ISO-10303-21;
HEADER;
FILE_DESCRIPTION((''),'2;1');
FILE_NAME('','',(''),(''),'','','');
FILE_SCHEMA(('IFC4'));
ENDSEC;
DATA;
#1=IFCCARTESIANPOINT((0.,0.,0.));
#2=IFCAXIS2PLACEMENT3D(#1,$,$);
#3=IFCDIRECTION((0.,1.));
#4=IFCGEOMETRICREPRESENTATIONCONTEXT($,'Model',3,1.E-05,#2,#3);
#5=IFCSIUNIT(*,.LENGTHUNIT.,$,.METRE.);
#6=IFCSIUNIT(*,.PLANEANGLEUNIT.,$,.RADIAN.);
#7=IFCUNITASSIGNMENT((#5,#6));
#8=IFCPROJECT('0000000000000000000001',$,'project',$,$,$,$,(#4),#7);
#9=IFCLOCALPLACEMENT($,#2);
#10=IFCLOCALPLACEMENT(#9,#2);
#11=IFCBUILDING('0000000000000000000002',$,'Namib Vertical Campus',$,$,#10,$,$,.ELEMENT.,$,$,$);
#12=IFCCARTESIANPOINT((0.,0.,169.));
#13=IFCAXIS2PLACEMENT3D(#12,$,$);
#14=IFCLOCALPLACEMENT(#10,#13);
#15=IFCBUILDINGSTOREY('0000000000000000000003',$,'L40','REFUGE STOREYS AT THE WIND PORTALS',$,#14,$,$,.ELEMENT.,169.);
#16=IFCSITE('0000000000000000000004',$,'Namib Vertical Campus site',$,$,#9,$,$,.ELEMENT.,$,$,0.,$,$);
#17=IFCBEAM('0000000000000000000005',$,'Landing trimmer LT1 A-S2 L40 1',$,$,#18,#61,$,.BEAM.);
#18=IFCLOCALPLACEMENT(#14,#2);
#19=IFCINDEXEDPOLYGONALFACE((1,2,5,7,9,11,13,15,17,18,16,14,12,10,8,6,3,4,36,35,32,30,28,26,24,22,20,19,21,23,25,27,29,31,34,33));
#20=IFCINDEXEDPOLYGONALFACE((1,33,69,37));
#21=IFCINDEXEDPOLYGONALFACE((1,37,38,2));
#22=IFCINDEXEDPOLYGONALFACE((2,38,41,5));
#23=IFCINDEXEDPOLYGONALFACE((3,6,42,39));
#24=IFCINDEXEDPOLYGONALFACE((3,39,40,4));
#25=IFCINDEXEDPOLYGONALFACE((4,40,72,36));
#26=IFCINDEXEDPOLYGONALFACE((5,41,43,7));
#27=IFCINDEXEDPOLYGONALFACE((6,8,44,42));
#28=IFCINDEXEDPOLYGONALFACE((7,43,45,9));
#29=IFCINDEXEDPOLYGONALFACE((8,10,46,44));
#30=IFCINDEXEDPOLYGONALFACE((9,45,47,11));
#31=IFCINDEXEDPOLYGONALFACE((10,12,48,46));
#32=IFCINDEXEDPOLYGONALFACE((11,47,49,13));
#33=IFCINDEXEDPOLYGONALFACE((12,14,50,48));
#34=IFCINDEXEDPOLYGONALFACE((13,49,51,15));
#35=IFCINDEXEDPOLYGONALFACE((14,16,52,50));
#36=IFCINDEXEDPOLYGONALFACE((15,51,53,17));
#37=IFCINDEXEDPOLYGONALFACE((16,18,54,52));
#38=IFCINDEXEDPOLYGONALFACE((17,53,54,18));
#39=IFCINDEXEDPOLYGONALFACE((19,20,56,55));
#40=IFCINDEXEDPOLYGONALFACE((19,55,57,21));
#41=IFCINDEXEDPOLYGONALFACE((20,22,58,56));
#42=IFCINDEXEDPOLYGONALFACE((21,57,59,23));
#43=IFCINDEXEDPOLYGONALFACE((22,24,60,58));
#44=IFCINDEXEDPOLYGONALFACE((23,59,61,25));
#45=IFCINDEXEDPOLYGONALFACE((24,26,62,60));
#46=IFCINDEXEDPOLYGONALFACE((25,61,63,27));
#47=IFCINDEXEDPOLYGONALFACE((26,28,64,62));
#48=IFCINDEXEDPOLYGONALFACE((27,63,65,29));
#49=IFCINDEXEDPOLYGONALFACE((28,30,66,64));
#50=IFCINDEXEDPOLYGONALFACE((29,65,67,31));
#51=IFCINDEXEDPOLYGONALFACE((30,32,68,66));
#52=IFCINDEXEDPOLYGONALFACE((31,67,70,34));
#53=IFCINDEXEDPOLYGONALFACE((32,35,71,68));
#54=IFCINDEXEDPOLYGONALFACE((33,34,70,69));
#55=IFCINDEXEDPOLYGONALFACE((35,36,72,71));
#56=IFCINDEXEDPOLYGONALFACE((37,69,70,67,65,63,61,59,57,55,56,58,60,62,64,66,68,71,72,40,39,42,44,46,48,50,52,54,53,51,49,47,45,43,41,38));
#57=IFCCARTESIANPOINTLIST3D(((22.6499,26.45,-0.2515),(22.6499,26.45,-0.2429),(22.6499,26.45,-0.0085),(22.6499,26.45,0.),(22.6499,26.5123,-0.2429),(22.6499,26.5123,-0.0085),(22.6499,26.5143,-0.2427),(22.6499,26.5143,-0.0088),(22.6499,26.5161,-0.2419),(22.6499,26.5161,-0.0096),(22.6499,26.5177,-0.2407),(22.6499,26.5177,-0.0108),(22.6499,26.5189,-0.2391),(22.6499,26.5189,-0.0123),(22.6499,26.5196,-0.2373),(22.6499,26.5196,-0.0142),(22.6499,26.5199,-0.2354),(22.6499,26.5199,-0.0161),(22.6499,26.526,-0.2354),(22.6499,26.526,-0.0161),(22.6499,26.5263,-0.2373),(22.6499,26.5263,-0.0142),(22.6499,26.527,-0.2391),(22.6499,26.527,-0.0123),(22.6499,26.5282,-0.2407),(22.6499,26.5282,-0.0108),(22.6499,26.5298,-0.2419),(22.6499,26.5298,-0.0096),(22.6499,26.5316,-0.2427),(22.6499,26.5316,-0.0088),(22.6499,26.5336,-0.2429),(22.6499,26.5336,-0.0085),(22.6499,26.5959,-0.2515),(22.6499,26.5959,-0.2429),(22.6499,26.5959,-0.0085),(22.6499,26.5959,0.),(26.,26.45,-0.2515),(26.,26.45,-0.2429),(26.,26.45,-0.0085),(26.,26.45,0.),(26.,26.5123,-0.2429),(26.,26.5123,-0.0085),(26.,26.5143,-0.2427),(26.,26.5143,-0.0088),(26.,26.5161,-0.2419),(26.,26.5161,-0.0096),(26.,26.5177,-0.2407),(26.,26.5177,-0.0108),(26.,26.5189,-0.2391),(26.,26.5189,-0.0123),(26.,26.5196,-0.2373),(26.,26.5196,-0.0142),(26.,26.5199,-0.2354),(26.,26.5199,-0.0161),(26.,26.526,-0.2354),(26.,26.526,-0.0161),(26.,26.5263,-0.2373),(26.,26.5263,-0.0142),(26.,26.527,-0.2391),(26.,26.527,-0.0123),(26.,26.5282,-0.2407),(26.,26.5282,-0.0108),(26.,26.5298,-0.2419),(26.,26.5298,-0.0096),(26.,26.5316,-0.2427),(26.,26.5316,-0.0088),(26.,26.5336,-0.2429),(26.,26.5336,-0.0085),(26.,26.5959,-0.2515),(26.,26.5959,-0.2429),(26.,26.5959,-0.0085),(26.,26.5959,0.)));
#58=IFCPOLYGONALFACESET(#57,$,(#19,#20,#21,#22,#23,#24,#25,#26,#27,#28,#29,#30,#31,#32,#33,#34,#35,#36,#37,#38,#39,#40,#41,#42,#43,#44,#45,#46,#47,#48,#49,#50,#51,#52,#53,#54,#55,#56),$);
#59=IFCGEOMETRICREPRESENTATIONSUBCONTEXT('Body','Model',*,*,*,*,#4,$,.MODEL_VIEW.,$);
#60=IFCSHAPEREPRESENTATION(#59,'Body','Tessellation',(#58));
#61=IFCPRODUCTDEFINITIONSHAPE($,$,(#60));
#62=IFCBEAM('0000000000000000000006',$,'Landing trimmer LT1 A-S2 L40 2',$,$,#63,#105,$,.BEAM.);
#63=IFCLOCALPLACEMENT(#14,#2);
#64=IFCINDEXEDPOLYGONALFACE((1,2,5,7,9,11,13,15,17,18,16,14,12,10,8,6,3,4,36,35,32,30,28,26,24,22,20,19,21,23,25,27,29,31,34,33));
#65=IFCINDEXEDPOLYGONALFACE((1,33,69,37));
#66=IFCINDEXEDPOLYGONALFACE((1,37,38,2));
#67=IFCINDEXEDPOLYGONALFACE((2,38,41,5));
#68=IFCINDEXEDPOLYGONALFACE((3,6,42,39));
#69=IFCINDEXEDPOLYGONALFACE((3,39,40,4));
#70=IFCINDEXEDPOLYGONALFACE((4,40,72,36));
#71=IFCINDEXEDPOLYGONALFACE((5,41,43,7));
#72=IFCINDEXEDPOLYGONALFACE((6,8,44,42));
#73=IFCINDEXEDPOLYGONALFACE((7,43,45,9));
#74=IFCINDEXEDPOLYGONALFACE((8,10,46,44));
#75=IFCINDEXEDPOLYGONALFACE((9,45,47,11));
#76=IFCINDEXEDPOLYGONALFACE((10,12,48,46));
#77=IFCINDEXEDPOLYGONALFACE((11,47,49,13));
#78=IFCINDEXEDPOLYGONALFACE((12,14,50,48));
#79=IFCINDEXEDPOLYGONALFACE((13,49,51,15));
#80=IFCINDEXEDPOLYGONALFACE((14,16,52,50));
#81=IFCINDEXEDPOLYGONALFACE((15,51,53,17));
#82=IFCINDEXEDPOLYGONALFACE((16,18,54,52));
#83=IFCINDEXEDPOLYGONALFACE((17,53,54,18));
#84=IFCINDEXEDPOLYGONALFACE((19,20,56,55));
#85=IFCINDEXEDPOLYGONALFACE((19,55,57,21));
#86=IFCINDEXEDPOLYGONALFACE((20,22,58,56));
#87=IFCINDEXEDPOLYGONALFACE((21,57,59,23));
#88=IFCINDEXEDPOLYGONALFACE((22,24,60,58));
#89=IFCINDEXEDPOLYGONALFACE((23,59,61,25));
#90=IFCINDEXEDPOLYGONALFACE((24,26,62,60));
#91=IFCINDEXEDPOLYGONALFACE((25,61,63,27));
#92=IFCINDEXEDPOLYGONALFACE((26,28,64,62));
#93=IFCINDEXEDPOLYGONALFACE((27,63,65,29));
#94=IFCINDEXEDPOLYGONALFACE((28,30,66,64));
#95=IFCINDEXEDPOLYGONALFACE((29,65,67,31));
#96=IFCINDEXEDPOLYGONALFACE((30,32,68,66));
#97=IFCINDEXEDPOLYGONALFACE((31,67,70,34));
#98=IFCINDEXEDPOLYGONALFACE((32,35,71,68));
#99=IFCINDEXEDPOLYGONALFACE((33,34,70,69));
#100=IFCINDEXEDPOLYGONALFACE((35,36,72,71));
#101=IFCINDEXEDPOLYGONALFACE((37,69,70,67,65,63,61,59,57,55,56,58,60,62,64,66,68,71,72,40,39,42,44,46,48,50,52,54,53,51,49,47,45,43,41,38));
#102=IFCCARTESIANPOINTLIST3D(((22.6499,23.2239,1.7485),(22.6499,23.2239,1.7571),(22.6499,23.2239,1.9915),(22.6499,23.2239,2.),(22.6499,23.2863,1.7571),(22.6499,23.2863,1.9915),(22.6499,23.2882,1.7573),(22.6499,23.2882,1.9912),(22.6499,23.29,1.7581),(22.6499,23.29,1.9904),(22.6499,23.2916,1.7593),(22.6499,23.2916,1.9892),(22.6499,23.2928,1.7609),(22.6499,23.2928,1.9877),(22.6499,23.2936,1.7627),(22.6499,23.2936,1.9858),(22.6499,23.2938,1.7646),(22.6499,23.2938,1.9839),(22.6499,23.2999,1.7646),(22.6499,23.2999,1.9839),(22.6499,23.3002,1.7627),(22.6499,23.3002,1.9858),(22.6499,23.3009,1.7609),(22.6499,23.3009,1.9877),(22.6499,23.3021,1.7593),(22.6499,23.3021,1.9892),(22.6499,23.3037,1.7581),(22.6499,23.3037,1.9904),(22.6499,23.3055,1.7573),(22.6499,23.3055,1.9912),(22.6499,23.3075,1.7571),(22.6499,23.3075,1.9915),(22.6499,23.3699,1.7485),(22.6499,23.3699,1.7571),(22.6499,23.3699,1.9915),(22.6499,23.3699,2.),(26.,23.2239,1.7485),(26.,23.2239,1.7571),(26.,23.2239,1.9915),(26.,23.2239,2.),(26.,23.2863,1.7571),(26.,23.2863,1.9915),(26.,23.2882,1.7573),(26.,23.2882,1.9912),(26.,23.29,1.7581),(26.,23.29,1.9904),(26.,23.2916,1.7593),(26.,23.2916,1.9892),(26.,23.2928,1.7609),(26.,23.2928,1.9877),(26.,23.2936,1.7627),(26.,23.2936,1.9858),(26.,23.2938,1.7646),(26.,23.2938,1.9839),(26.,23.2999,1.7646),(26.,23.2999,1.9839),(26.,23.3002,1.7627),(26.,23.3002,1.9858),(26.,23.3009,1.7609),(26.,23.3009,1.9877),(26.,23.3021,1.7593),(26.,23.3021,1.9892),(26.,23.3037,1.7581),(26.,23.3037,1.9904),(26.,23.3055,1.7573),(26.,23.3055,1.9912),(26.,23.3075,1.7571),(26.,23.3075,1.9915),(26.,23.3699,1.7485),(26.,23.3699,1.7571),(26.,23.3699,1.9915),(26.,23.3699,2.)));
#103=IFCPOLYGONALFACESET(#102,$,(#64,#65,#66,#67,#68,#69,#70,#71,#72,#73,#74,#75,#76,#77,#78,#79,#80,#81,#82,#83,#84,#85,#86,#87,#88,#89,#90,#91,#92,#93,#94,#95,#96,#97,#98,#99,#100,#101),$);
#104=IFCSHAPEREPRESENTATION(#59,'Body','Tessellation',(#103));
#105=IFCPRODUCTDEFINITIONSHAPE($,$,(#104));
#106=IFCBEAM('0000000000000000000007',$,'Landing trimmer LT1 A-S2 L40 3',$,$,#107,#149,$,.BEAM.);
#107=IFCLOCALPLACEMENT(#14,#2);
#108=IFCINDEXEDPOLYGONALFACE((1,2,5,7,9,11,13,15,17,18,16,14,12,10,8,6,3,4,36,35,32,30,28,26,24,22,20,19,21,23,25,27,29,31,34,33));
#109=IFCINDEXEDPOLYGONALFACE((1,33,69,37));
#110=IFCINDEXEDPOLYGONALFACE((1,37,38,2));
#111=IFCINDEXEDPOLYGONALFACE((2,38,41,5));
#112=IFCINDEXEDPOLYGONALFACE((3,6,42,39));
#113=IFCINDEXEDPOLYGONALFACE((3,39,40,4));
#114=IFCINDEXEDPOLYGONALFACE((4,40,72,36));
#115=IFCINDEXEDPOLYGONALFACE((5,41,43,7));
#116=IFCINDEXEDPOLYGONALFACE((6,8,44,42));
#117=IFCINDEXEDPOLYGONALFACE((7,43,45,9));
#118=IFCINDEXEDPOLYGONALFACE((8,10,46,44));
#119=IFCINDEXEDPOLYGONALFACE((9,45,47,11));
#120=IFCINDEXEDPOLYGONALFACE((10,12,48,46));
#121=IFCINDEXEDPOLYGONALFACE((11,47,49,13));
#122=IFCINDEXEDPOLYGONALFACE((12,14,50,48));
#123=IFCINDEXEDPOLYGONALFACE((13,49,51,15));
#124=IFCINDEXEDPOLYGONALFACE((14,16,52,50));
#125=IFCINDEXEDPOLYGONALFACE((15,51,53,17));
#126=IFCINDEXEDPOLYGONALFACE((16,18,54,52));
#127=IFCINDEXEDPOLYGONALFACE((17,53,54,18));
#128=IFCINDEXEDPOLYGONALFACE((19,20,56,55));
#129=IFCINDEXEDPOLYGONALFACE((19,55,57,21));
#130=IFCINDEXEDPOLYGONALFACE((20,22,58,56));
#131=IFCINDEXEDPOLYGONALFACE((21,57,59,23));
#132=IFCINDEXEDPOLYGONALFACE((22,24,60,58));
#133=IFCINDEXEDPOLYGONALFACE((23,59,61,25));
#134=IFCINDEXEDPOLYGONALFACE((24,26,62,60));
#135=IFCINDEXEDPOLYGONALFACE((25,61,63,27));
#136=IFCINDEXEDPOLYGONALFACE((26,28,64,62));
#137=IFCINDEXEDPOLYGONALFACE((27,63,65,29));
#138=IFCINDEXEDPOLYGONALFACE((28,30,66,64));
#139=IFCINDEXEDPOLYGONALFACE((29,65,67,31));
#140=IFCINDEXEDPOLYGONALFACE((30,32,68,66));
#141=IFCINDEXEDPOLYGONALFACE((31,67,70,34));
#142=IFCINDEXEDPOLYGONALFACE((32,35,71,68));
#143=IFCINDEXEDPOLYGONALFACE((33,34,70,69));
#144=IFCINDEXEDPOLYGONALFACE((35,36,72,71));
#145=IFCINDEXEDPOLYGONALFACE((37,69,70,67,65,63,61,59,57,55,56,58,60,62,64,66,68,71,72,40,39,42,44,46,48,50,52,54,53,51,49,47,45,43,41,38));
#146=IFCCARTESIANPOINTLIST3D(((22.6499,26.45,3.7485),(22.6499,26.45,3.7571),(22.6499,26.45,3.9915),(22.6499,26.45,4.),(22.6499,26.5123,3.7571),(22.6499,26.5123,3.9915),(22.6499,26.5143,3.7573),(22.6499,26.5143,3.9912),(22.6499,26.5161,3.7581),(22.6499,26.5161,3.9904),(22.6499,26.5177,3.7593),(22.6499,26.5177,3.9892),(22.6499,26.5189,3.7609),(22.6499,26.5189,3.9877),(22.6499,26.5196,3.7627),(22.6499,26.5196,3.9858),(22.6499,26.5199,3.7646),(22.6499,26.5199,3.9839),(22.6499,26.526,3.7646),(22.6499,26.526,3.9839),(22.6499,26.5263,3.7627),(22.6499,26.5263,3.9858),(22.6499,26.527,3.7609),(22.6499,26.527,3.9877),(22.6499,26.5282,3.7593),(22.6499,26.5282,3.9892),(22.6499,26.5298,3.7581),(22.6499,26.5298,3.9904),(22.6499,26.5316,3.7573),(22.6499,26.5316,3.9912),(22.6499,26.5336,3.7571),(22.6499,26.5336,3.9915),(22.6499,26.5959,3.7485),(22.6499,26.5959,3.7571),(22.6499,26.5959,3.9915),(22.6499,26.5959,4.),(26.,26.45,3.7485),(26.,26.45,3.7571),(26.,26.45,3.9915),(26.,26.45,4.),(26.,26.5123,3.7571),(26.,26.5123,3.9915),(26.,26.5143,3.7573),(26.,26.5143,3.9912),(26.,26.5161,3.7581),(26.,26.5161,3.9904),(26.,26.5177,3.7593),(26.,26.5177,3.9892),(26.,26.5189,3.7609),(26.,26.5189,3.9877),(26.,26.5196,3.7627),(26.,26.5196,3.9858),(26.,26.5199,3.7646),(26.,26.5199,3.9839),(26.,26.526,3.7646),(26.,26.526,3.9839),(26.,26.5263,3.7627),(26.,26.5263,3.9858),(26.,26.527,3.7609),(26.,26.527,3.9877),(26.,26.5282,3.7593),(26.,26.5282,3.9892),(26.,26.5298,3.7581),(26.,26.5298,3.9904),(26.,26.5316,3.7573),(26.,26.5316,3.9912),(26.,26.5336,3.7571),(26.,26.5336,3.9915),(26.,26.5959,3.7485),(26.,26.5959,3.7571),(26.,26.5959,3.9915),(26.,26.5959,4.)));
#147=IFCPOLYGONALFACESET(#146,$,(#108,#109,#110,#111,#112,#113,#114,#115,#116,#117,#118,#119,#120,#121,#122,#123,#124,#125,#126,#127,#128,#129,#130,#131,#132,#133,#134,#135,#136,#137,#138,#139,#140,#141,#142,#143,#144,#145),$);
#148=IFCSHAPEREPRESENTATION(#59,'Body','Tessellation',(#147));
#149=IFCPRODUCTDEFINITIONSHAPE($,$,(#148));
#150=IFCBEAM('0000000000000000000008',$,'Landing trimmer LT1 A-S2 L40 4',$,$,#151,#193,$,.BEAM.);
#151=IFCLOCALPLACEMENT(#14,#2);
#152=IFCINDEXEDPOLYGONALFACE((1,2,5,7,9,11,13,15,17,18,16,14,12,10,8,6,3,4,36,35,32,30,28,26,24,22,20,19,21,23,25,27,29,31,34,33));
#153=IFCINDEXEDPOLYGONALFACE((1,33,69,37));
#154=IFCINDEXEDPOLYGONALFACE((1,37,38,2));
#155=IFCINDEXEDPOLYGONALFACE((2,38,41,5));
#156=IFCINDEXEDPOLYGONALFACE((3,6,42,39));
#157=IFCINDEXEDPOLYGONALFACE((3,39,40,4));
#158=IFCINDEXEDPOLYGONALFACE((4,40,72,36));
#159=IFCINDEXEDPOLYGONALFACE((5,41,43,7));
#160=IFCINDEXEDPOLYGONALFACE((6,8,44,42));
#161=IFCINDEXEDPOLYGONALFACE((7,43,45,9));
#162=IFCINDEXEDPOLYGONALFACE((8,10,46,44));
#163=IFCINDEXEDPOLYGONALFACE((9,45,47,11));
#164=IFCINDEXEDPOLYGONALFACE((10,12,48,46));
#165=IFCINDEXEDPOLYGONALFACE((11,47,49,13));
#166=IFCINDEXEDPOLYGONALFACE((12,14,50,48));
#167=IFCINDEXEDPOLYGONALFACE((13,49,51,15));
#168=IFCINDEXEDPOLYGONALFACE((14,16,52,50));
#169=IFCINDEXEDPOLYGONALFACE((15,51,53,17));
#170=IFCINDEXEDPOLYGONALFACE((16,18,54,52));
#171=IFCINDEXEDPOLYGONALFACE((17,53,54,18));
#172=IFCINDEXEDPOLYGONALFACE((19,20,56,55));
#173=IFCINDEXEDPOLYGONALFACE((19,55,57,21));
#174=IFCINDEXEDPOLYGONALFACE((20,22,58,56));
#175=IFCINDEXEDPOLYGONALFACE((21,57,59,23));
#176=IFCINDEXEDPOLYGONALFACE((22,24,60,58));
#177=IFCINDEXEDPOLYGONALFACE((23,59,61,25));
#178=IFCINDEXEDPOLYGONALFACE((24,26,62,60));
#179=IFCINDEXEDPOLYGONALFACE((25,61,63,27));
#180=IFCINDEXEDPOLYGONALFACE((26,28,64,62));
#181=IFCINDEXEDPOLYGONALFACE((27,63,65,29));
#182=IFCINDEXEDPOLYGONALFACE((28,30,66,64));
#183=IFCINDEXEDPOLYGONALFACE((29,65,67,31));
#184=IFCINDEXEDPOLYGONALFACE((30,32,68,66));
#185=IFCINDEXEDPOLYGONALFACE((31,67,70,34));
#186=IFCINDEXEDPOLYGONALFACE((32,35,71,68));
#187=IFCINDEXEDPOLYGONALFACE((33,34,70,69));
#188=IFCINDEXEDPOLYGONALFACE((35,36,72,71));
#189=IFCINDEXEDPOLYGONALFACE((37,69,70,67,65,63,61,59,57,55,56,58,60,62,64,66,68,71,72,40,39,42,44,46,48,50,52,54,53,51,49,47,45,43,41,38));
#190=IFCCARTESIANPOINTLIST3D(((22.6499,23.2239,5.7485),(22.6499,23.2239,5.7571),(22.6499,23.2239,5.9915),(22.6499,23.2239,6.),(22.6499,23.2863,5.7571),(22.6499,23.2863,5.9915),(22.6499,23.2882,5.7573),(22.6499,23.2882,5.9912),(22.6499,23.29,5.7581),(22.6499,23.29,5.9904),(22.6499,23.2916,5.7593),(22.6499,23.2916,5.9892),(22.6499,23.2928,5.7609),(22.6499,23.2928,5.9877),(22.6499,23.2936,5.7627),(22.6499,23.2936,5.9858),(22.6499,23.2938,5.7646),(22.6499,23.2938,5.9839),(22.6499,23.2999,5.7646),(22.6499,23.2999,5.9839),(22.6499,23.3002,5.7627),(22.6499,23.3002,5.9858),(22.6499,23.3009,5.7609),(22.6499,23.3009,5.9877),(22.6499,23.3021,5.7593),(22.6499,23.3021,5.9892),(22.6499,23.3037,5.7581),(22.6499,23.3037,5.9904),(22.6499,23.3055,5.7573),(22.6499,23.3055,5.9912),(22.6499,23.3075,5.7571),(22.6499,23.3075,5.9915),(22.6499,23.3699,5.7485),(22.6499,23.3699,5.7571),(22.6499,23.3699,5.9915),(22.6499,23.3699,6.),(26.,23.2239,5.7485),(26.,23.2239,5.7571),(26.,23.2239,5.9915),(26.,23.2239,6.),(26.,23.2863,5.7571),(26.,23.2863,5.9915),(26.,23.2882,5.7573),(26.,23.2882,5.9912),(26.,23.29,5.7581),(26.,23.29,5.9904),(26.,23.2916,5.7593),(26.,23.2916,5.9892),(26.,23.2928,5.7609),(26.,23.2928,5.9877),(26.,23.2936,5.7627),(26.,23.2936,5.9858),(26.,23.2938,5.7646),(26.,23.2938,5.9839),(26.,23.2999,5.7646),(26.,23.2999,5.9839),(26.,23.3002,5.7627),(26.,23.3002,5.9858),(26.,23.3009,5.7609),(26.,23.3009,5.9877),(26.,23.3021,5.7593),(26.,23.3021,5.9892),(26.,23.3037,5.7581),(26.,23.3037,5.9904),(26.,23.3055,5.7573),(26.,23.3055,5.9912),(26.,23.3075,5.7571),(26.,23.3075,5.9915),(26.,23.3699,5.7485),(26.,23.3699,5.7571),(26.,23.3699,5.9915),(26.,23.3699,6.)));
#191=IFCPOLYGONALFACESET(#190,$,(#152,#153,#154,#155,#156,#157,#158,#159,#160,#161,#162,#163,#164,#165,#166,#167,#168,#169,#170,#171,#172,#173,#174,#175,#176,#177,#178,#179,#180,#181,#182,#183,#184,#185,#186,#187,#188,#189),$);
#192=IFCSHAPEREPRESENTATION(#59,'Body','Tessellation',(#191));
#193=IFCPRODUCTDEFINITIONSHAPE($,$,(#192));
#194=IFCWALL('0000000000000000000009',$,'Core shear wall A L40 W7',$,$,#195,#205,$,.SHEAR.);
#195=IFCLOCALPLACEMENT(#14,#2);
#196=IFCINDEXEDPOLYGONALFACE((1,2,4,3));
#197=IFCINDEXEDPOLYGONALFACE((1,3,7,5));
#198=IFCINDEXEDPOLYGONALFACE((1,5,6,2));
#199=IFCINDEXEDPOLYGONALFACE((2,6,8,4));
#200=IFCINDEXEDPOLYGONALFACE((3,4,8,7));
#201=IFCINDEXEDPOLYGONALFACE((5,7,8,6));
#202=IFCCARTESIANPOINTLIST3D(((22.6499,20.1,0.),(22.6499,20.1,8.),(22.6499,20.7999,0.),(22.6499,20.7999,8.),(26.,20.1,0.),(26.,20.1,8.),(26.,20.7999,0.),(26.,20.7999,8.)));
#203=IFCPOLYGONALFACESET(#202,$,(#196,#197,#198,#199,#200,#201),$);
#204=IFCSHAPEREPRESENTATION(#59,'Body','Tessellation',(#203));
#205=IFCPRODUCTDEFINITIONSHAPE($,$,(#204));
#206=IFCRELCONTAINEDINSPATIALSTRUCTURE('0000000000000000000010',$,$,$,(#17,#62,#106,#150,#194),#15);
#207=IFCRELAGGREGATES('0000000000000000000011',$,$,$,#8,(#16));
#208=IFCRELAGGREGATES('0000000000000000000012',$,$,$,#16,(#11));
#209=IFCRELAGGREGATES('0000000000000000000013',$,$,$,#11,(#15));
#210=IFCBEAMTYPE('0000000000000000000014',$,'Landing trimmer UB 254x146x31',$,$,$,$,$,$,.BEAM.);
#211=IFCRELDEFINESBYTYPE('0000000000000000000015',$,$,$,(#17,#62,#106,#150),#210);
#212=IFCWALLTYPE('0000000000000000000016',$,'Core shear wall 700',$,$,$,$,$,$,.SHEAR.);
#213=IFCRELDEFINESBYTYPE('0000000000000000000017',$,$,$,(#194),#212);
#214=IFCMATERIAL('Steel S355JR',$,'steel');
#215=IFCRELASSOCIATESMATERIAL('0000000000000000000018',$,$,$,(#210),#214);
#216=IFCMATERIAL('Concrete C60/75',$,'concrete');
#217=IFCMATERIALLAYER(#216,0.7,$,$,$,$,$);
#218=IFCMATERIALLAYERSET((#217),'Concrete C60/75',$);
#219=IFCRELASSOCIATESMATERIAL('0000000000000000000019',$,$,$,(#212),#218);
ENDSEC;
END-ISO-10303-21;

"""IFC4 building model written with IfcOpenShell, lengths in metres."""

from ifc_helpers import new_model, si_unit, direction, frame, frame_2d, origin, origin_2d, place, context, subcontext, project, spatial, rectangle, i_section, extrude, material, layer, layer_set, material_profile, profile_set, type_object, element, save


model = new_model("IFC4")

# Units and contexts
model_context = context("Model", 3, precision=1e-05, world=origin(), true_north=direction((0.0, 1.0)))
body_context = subcontext(model_context, "Body", "Model", "MODEL_VIEW")
ifc_project = project(units=[si_unit("LENGTHUNIT", "METRE"), si_unit("PLANEANGLEUNIT", "RADIAN")], contexts=[model_context])

# Site, building, storey
site_placement = place(None, origin())
site = spatial("IfcSite", under=ifc_project, at=site_placement, Name="Namib Vertical Campus site", CompositionType="ELEMENT", RefElevation=0.0)
building_placement = place(site_placement, origin())
building = spatial("IfcBuilding", under=site, at=building_placement, Name="Namib Vertical Campus", CompositionType="ELEMENT")
storey_placement = place(building_placement, frame((0.0, 0.0, 169.0)))
storey = spatial("IfcBuildingStorey", under=building, at=storey_placement, Name="L40", Description="REFUGE STOREYS AT THE WIND PORTALS", CompositionType="ELEMENT", Elevation=169.0)

# Beams
ifc_material_1 = material(Name="Steel S355JR", Category="steel")
ifc_material_profile = material_profile(ifc_material_1, i_section(OverallWidth=0.146, OverallDepth=0.2515, WebThickness=0.0061, FlangeThickness=0.0085, FilletRadius=0.0076, at=origin_2d()))
ifc_profile_set = profile_set([ifc_material_profile], Name="Steel S355JR")
beam_type = type_object("IfcBeamType", Name="Landing trimmer UB 254x146x31", PredefinedType="BEAM", material=ifc_profile_set)
for number, where, z_axis, x_axis, name in (
    (1, (22.6499, 26.5229, -0.1257), (1.0, 0.0, 0.0), (0.0, 1.0, 0.0), "Landing trimmer LT1 A-S2 L40 1"),
    (2, (22.6499, 23.2969, 1.8743), (1.0, 0.0, 0.0), (0.0, 1.0, 0.0), "Landing trimmer LT1 A-S2 L40 2"),
    (3, (22.6499, 26.5229, 3.8743), (1.0, 0.0, 0.0), (0.0, 1.0, 0.0), "Landing trimmer LT1 A-S2 L40 3"),
    (4, (22.6499, 23.2969, 5.8743), (1.0, 0.0, 0.0), (0.0, 1.0, 0.0), "Landing trimmer LT1 A-S2 L40 4"),
):
    element("IfcBeam", number, at=place(storey_placement, frame(where, z_axis=z_axis, x_axis=x_axis)), inside=storey, type_object=beam_type, Name=name, PredefinedType="BEAM", context=body_context, shape_type="SweptSolid", body=[
        extrude(i_section(OverallWidth=0.146, OverallDepth=0.2515, WebThickness=0.0061, FlangeThickness=0.0085, FilletRadius=0.0076, at=origin_2d()), origin(), (0.0, 0.0, 1.0), 3.3501),
    ])

# Wall
ifc_material_2 = material(Name="Concrete C60/75", Category="concrete")
ifc_layer_1 = layer(ifc_material_2, 0.7)
ifc_layer_set_1 = layer_set([ifc_layer_1], Name="Concrete C60/75")
wall_type_1 = type_object("IfcWallType", Name="Core shear wall 700", PredefinedType="SHEAR", material=ifc_layer_set_1)
wall_1_placement = place(storey_placement, frame((22.6499, 20.45, 0.0), z_axis=(0.0, 0.0, 1.0), x_axis=(1.0, 0.0, 0.0)))
element("IfcWall", 5, at=wall_1_placement, inside=storey, type_object=wall_type_1, Name="Core shear wall A L40 W7", PredefinedType="SHEAR", context=body_context, shape_type="SweptSolid", body=[
    extrude(rectangle(XDim=3.3501, YDim=0.7, at=frame_2d((1.675, 0.0))), origin(), (0.0, 0.0, 1.0), 8.0),
])

save(model, "model.ifc")
